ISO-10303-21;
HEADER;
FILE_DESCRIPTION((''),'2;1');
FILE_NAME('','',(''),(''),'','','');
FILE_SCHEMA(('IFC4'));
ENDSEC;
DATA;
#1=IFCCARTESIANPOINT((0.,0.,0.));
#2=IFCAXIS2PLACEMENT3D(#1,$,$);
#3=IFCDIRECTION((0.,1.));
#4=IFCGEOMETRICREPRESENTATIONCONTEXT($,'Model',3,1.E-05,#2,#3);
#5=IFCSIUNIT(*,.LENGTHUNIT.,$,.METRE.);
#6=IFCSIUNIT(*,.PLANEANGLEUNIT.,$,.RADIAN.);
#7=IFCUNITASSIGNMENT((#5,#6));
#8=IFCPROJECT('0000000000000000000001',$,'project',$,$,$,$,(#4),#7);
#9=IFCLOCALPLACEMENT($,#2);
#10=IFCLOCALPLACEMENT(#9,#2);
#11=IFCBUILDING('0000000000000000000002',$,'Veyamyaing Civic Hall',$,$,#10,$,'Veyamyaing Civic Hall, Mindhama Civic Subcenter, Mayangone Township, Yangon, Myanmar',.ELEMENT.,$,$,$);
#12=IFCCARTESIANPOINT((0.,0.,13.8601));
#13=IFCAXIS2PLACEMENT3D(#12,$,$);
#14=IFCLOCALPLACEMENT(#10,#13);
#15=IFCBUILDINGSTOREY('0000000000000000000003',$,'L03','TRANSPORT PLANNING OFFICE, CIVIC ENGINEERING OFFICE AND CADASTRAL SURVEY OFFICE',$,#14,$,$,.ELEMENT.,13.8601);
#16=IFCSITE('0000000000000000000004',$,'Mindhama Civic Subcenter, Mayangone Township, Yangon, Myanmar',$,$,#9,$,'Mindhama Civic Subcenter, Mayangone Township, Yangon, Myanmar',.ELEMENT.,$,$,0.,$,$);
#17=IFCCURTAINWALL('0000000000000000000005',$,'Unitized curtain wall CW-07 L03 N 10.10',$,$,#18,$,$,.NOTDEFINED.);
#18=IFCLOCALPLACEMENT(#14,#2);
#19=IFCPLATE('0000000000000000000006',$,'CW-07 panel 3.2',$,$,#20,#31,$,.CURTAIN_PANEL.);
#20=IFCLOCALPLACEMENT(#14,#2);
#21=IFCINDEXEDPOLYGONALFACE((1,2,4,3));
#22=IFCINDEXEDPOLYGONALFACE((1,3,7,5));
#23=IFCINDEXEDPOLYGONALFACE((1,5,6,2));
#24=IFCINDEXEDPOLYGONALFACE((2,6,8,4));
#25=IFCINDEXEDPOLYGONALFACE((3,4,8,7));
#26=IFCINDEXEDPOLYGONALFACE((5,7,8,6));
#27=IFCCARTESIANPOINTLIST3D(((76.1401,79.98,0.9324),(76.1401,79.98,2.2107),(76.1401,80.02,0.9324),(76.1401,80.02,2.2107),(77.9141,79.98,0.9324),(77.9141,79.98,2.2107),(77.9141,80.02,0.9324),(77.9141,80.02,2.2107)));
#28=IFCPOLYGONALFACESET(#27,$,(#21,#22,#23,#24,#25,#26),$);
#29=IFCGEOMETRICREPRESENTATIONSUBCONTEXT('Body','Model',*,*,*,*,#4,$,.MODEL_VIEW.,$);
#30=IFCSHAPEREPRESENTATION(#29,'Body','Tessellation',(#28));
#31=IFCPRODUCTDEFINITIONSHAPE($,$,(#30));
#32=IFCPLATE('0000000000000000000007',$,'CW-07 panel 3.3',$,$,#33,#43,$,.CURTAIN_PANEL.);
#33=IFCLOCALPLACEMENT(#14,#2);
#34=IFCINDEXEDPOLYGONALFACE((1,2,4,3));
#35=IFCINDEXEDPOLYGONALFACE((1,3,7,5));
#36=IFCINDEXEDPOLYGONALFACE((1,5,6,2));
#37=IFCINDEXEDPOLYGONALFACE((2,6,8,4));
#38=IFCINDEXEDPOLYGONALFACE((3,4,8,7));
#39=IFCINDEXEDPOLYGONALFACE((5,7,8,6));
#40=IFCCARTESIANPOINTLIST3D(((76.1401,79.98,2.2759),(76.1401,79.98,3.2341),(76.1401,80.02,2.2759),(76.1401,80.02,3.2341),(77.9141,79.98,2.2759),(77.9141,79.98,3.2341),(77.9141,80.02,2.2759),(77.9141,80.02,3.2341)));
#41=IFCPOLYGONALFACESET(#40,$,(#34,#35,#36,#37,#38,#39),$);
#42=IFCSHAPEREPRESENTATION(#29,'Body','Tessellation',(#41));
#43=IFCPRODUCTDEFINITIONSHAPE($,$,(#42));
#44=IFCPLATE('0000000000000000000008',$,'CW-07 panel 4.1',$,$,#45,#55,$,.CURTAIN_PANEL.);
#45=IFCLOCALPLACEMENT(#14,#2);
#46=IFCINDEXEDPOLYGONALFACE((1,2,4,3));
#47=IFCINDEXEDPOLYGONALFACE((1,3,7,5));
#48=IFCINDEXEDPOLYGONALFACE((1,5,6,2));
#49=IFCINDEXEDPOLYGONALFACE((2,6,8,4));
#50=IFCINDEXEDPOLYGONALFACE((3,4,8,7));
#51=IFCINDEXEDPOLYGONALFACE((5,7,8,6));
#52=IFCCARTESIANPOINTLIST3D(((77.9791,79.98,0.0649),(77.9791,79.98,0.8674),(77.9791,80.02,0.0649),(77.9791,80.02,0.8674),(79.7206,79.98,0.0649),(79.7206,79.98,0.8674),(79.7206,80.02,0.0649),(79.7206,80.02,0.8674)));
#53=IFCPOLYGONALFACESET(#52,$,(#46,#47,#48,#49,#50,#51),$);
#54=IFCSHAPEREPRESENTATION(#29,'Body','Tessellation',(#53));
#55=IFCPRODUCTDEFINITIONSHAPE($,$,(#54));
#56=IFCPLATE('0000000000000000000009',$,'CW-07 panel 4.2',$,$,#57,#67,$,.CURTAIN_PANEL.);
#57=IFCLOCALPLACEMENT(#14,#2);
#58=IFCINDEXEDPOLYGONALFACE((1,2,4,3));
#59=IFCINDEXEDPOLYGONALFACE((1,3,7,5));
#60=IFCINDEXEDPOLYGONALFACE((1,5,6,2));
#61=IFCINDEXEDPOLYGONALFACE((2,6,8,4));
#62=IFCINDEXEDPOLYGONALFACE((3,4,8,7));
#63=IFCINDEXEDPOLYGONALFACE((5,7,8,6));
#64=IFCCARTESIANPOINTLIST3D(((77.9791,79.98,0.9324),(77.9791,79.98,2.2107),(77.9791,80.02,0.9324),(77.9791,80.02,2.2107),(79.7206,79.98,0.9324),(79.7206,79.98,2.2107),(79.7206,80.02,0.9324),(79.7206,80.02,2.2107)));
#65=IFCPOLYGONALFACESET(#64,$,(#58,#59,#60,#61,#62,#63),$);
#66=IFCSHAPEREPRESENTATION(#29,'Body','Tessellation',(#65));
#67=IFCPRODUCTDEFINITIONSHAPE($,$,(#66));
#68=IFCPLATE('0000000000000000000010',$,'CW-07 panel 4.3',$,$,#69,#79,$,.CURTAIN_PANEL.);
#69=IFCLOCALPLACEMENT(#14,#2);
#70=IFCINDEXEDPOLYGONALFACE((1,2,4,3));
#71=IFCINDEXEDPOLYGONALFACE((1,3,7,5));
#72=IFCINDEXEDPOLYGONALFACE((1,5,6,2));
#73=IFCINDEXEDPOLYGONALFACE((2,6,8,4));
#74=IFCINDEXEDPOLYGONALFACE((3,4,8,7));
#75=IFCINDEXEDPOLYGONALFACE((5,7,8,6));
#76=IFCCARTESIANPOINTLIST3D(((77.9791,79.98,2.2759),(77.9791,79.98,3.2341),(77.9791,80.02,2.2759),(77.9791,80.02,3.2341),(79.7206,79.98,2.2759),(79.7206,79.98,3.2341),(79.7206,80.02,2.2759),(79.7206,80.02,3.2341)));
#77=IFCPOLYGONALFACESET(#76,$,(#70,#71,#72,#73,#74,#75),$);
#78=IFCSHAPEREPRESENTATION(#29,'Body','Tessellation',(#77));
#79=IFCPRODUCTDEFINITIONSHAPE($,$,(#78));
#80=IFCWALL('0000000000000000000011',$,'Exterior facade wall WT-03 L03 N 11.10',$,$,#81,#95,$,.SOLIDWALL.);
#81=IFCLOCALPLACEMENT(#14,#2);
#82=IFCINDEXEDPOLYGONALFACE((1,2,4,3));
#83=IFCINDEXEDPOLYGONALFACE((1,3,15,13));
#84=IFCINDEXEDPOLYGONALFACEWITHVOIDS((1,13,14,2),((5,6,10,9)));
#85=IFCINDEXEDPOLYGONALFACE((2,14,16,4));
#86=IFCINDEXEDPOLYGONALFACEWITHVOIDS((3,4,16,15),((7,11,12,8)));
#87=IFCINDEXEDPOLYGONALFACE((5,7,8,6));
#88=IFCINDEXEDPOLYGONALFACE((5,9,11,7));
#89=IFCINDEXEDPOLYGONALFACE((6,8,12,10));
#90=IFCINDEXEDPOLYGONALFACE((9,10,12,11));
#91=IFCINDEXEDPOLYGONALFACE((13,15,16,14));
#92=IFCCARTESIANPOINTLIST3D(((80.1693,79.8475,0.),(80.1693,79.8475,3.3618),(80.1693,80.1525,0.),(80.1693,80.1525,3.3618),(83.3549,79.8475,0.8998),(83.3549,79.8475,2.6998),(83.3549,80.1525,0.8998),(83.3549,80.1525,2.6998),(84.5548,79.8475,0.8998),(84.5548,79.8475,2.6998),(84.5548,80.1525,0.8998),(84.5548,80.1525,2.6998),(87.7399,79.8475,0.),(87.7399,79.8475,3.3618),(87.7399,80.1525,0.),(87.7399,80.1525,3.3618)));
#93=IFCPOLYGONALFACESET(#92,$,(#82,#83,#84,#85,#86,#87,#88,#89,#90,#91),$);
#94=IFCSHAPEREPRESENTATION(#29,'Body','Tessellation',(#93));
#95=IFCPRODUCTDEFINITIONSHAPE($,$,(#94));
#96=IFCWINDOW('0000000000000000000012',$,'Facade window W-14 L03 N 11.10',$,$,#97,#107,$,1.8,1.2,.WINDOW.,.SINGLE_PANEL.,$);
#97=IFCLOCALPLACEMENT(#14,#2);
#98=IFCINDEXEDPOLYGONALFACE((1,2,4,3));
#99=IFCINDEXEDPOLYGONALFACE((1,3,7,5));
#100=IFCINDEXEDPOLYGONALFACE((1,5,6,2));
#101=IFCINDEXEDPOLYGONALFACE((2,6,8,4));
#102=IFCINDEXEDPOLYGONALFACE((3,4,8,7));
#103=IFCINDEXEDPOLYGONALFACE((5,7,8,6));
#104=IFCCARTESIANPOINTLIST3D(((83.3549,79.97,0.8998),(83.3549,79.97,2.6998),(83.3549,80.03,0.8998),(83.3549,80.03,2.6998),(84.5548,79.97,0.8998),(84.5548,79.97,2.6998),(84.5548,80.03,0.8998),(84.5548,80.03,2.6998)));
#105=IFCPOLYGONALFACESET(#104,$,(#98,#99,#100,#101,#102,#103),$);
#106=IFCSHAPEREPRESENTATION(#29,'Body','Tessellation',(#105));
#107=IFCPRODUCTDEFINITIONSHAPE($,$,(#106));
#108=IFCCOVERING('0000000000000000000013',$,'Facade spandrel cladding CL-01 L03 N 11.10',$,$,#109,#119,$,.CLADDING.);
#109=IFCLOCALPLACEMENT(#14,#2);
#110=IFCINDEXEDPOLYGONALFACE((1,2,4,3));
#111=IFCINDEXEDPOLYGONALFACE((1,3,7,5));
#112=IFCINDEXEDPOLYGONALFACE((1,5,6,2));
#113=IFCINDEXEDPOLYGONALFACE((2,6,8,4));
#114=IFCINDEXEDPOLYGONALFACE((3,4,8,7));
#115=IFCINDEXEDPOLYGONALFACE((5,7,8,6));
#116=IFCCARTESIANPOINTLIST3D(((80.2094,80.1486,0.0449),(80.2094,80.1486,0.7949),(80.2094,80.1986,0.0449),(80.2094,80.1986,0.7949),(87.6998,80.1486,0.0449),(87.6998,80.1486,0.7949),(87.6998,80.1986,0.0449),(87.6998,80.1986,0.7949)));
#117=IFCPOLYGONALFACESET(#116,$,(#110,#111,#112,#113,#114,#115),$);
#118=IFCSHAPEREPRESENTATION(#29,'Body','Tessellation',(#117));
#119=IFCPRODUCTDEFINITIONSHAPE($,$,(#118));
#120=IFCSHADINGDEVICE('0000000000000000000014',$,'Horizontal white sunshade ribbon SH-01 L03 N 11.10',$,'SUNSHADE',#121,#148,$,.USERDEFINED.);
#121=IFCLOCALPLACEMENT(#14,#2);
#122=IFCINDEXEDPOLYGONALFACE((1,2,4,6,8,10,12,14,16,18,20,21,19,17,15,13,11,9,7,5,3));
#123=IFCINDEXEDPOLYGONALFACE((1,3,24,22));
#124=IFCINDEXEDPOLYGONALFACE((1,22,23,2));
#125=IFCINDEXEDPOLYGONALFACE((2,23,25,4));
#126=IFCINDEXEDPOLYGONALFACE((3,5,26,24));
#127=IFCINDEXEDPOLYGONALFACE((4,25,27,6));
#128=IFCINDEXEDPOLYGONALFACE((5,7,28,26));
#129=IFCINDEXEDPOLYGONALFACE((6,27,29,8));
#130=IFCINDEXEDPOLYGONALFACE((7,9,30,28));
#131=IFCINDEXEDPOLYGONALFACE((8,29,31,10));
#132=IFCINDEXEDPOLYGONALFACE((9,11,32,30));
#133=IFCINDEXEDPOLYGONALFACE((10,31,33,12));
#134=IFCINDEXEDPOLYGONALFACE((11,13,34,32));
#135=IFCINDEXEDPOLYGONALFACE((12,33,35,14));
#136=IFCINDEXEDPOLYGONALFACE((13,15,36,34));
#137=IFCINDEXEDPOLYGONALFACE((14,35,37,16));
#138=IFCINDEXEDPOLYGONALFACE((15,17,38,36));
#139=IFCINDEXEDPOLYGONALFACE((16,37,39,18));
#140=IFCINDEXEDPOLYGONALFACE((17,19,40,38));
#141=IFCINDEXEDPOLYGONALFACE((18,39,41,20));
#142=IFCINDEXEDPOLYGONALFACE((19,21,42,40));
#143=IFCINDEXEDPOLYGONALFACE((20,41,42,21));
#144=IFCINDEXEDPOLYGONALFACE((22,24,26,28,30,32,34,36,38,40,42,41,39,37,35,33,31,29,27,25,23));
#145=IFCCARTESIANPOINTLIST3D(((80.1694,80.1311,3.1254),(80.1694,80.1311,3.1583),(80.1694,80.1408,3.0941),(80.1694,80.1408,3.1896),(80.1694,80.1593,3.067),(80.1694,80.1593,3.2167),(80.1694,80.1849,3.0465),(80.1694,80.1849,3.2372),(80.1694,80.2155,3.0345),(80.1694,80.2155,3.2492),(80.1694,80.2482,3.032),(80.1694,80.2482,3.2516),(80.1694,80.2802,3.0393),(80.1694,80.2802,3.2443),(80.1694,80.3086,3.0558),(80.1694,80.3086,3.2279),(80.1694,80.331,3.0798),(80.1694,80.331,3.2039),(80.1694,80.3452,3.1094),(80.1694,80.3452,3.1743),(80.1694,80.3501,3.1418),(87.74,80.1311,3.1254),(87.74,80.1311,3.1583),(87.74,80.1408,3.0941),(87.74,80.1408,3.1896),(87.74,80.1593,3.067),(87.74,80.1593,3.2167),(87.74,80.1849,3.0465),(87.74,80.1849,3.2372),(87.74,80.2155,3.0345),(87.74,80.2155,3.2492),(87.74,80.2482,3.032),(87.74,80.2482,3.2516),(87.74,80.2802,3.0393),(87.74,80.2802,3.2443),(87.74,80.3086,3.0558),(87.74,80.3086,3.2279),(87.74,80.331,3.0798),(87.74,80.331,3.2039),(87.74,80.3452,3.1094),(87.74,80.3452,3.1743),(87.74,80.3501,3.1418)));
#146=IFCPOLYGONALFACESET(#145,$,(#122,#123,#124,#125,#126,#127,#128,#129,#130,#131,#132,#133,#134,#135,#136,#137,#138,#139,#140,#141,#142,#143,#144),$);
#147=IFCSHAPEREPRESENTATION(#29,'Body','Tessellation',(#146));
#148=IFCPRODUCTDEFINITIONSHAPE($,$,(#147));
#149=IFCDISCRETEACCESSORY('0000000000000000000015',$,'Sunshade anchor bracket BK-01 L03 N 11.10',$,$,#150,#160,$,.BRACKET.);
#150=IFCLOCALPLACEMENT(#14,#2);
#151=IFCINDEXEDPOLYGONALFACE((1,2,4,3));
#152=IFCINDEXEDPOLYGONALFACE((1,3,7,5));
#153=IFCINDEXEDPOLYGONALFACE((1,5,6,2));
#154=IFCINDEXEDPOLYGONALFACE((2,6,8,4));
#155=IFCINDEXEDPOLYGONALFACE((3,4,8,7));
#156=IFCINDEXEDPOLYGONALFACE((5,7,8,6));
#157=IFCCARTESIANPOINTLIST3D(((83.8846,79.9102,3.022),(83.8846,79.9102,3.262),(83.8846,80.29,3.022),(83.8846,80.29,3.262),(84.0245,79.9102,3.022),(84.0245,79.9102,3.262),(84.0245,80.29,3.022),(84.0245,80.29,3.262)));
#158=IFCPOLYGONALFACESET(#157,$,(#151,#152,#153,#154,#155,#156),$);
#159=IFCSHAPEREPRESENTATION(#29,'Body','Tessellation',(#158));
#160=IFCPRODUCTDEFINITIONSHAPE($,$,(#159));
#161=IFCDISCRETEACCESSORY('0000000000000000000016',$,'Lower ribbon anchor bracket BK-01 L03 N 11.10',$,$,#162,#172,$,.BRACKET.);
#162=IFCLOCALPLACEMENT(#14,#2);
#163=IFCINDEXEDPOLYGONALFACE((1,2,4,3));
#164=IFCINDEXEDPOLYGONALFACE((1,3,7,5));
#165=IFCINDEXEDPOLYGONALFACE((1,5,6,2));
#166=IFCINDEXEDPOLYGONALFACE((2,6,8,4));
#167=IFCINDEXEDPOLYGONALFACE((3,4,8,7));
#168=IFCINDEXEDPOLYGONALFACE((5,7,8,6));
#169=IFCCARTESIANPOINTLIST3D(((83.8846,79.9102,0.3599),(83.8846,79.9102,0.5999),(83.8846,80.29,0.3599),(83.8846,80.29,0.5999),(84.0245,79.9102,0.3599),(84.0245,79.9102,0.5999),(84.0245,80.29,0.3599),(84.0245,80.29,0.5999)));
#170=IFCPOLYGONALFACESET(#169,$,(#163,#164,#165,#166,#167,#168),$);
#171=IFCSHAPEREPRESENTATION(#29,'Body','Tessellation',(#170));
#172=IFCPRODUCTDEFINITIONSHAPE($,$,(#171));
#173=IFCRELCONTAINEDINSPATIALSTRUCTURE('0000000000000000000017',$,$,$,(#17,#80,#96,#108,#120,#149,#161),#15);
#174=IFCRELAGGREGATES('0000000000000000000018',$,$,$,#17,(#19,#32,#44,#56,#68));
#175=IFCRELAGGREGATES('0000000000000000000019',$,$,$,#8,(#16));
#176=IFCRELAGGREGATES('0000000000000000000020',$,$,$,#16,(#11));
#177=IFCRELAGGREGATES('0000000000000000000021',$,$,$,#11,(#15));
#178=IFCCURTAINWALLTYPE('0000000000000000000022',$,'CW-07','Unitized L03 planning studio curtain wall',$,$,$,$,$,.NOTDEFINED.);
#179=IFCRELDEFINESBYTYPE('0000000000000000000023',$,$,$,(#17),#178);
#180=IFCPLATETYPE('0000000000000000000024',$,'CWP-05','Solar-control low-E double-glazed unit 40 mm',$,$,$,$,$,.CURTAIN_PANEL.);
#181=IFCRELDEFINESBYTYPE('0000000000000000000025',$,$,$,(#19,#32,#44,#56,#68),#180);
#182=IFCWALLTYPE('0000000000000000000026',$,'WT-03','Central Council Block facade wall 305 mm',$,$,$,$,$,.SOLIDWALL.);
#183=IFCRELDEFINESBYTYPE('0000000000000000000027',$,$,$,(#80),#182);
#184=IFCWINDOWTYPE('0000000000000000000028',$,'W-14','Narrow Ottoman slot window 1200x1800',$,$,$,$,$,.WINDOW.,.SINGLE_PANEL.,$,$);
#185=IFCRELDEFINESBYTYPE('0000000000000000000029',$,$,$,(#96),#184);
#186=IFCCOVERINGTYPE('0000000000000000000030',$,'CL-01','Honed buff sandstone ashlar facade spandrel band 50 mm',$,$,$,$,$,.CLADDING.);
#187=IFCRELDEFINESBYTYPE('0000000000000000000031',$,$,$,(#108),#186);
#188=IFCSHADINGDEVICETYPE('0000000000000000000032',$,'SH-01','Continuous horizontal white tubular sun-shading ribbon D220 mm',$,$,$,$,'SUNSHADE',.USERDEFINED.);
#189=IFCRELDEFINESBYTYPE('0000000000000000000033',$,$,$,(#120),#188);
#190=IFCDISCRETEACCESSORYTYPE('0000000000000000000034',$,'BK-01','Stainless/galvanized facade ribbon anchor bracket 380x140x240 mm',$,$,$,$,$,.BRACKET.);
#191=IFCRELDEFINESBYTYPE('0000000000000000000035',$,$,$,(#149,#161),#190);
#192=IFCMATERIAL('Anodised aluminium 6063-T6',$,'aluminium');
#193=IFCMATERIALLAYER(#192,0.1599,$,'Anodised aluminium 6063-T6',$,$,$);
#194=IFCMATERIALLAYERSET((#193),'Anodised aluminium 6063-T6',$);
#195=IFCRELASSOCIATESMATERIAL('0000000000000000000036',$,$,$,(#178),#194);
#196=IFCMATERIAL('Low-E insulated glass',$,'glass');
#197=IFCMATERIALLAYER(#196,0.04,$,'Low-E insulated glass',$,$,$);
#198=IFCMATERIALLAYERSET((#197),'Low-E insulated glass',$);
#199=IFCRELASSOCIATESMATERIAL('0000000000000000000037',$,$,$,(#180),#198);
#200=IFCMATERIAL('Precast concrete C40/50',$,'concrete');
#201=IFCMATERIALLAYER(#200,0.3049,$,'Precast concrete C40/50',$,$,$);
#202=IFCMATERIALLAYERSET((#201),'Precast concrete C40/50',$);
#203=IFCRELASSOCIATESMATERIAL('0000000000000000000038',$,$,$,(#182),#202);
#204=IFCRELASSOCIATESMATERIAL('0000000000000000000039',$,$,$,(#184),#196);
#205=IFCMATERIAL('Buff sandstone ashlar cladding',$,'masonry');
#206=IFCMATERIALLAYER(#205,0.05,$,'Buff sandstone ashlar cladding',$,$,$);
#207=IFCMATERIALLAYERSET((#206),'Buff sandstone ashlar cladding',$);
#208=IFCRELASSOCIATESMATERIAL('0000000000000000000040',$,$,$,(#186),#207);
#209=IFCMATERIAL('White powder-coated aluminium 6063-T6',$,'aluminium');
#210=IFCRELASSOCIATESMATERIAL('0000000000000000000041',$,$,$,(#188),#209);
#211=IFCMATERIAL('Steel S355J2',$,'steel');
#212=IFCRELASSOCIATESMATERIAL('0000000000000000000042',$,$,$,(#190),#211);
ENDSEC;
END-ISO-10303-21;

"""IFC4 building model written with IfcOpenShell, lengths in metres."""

from ifc_helpers import new_model, si_unit, direction, frame, frame_2d, origin, origin_2d, place, context, subcontext, project, spatial, rectangle, circle, extrude, material, layer, layer_set, material_profile, profile_set, type_object, element, fill, aggregate, save


model = new_model("IFC4")

# Units and contexts
model_context = context("Model", 3, precision=1e-05, world=origin(), true_north=direction((0.0, 1.0)))
body_context = subcontext(model_context, "Body", "Model", "MODEL_VIEW")
ifc_project = project(units=[si_unit("LENGTHUNIT", "METRE"), si_unit("PLANEANGLEUNIT", "RADIAN")], contexts=[model_context])

# Site, building, storey
site_placement = place(None, origin())
site = spatial("IfcSite", under=ifc_project, at=site_placement, Name="Mindhama Civic Subcenter, Mayangone Township, Yangon, Myanmar", LongName="Mindhama Civic Subcenter, Mayangone Township, Yangon, Myanmar", CompositionType="ELEMENT", RefElevation=0.0)
building_placement = place(site_placement, origin())
building = spatial("IfcBuilding", under=site, at=building_placement, Name="Veyamyaing Civic Hall", LongName="Veyamyaing Civic Hall, Mindhama Civic Subcenter, Mayangone Township, Yangon, Myanmar", CompositionType="ELEMENT")
storey_placement = place(building_placement, frame((0.0, 0.0, 13.8601)))
storey = spatial("IfcBuildingStorey", under=building, at=storey_placement, Name="L03", Description="TRANSPORT PLANNING OFFICE, CIVIC ENGINEERING OFFICE AND CADASTRAL SURVEY OFFICE", CompositionType="ELEMENT", Elevation=13.8601)

# Shared definitions
ifc_material_1 = material(Name="Steel S355J2", Category="steel")

# Curtain wall, plates
ifc_material_2 = material(Name="Anodised aluminium 6063-T6", Category="aluminium")
ifc_layer_1 = layer(ifc_material_2, 0.1599, Name="Anodised aluminium 6063-T6")
ifc_layer_set_1 = layer_set([ifc_layer_1], Name="Anodised aluminium 6063-T6")
curtain_wall_type = type_object("IfcCurtainWallType", Name="CW-07", Description="Unitized L03 planning studio curtain wall", PredefinedType="NOTDEFINED", material=ifc_layer_set_1)
curtain_wall_placement = place(storey_placement, origin())
curtain_wall = element("IfcCurtainWall", 1, at=curtain_wall_placement, inside=storey, type_object=curtain_wall_type, Name="Unitized curtain wall CW-07 L03 N 10.10", PredefinedType="NOTDEFINED")
ifc_material_3 = material(Name="Low-E insulated glass", Category="glass")
ifc_layer_2 = layer(ifc_material_3, 0.04, Name="Low-E insulated glass")
ifc_layer_set_2 = layer_set([ifc_layer_2], Name="Low-E insulated glass")
plate_type = type_object("IfcPlateType", Name="CWP-05", Description="Solar-control low-E double-glazed unit 40 mm", PredefinedType="CURTAIN_PANEL", material=ifc_layer_set_2)
plate_1_placement = place(storey_placement, frame((77.0271, 80.0, 0.9324), z_axis=(0.0, 0.0, 1.0), x_axis=(1.0, 0.0, 0.0)))
plate_1 = element("IfcPlate", 2, at=plate_1_placement, type_object=plate_type, Name="CW-07 panel 3.2", PredefinedType="CURTAIN_PANEL", context=body_context, shape_type="SweptSolid", body=[
    extrude(rectangle(XDim=1.7739, YDim=0.04, at=origin_2d()), origin(), (0.0, 0.0, 1.0), 1.2783),
])
plate_2_placement = place(storey_placement, frame((77.0271, 80.0, 2.2759), z_axis=(0.0, 0.0, 1.0), x_axis=(1.0, 0.0, 0.0)))
plate_2 = element("IfcPlate", 3, at=plate_2_placement, type_object=plate_type, Name="CW-07 panel 3.3", PredefinedType="CURTAIN_PANEL", context=body_context, shape_type="SweptSolid", body=[
    extrude(rectangle(XDim=1.7739, YDim=0.04, at=origin_2d()), origin(), (0.0, 0.0, 1.0), 0.9583),
])
plate_3_placement = place(storey_placement, frame((78.8499, 80.0, 0.0649), z_axis=(0.0, 0.0, 1.0), x_axis=(1.0, 0.0, 0.0)))
plate_3 = element("IfcPlate", 4, at=plate_3_placement, type_object=plate_type, Name="CW-07 panel 4.1", PredefinedType="CURTAIN_PANEL", context=body_context, shape_type="SweptSolid", body=[
    extrude(rectangle(XDim=1.7415, YDim=0.04, at=origin_2d()), origin(), (0.0, 0.0, 1.0), 0.8025),
])
plate_4_placement = place(storey_placement, frame((78.8499, 80.0, 0.9324), z_axis=(0.0, 0.0, 1.0), x_axis=(1.0, 0.0, 0.0)))
plate_4 = element("IfcPlate", 5, at=plate_4_placement, type_object=plate_type, Name="CW-07 panel 4.2", PredefinedType="CURTAIN_PANEL", context=body_context, shape_type="SweptSolid", body=[
    extrude(rectangle(XDim=1.7415, YDim=0.04, at=origin_2d()), origin(), (0.0, 0.0, 1.0), 1.2783),
])
plate_5_placement = place(storey_placement, frame((78.8499, 80.0, 2.2759), z_axis=(0.0, 0.0, 1.0), x_axis=(1.0, 0.0, 0.0)))
plate_5 = element("IfcPlate", 6, at=plate_5_placement, type_object=plate_type, Name="CW-07 panel 4.3", PredefinedType="CURTAIN_PANEL", context=body_context, shape_type="SweptSolid", body=[
    extrude(rectangle(XDim=1.7415, YDim=0.04, at=origin_2d()), origin(), (0.0, 0.0, 1.0), 0.9583),
])
aggregate(curtain_wall, [plate_1, plate_2, plate_3, plate_4, plate_5])

# Wall, opening, window
ifc_material_4 = material(Name="Precast concrete C40/50", Category="concrete")
ifc_layer_3 = layer(ifc_material_4, 0.3049, Name="Precast concrete C40/50")
ifc_layer_set_3 = layer_set([ifc_layer_3], Name="Precast concrete C40/50")
wall_type = type_object("IfcWallType", Name="WT-03", Description="Central Council Block facade wall 305 mm", PredefinedType="SOLIDWALL", material=ifc_layer_set_3)
wall_placement = place(storey_placement, frame((80.1694, 80.0, 0.0), z_axis=(0.0, 0.0, 1.0), x_axis=(1.0, 0.0, 0.0)))
wall = element("IfcWall", 7, at=wall_placement, inside=storey, type_object=wall_type, Name="Exterior facade wall WT-03 L03 N 11.10", PredefinedType="SOLIDWALL", context=body_context, shape_type="SweptSolid", body=[
    extrude(rectangle(XDim=7.5706, YDim=0.3049, at=frame_2d((3.7852, 0.0))), origin(), (0.0, 0.0, 1.0), 3.3618),
])
opening_placement = place(wall_placement, frame((3.1853, 0.0, 0.8999)))
opening = element("IfcOpeningElement", 8, at=opening_placement, cuts=wall, PredefinedType="OPENING", context=body_context, shape_type="SweptSolid", body=[
    extrude(rectangle(XDim=1.2, YDim=1.8, at=frame_2d((0.6001, 0.8999))), frame((0.0, 0.1624, 0.0), z_axis=(0.0, -1.0, 0.0), x_axis=(1.0, 0.0, 0.0)), (0.0, 0.0, 1.0), 0.325),
])
window_type = type_object("IfcWindowType", Name="W-14", Description="Narrow Ottoman slot window 1200x1800", PartitioningType="SINGLE_PANEL", PredefinedType="WINDOW", material=ifc_material_3)
window_placement = place(opening_placement, origin())
window = element("IfcWindow", 9, at=window_placement, inside=storey, type_object=window_type, Name="Facade window W-14 L03 N 11.10", OverallHeight=1.8, OverallWidth=1.2, PartitioningType="SINGLE_PANEL", PredefinedType="WINDOW", context=body_context, shape_type="SweptSolid", body=[
    extrude(rectangle(XDim=1.2, YDim=1.8, at=frame_2d((0.6001, 0.8999))), frame((0.0, 0.03, 0.0), z_axis=(0.0, -1.0, 0.0), x_axis=(1.0, 0.0, 0.0)), (0.0, 0.0, 1.0), 0.0601),
])
fill(opening, window)

# Covering
ifc_material_5 = material(Name="Buff sandstone ashlar cladding", Category="masonry")
ifc_layer_4 = layer(ifc_material_5, 0.05, Name="Buff sandstone ashlar cladding")
ifc_layer_set_4 = layer_set([ifc_layer_4], Name="Buff sandstone ashlar cladding")
covering_type = type_object("IfcCoveringType", Name="CL-01", Description="Honed buff sandstone ashlar facade spandrel band 50 mm", PredefinedType="CLADDING", material=ifc_layer_set_4)
covering_placement = place(storey_placement, frame((83.9546, 80.1736, 0.0449), z_axis=(0.0, 0.0, 1.0), x_axis=(1.0, 0.0, 0.0)))
element("IfcCovering", 10, at=covering_placement, inside=storey, type_object=covering_type, Name="Facade spandrel cladding CL-01 L03 N 11.10", PredefinedType="CLADDING", context=body_context, shape_type="SweptSolid", body=[
    extrude(rectangle(XDim=7.4905, YDim=0.05, at=origin_2d()), origin(), (0.0, 0.0, 1.0), 0.75),
])

# Shading device
ifc_material_6 = material(Name="White powder-coated aluminium 6063-T6", Category="aluminium")
ifc_material_profile_1 = material_profile(ifc_material_6, circle(Radius=0.1101, at=origin_2d()), Name="SHADE-TUBE-220")
ifc_profile_set_1 = profile_set([ifc_material_profile_1], Name="White powder-coated aluminium 6063-T6")
shading_device_type = type_object("IfcShadingDeviceType", Name="SH-01", Description="Continuous horizontal white tubular sun-shading ribbon D220 mm", ElementType="SUNSHADE", PredefinedType="USERDEFINED", material=ifc_profile_set_1)
shading_device_placement = place(storey_placement, frame((80.1694, 80.24, 3.1418), z_axis=(1.0, 0.0, 0.0), x_axis=(0.0, 1.0, 0.0)))
element("IfcShadingDevice", 11, at=shading_device_placement, inside=storey, type_object=shading_device_type, Name="Horizontal white sunshade ribbon SH-01 L03 N 11.10", ObjectType="SUNSHADE", PredefinedType="USERDEFINED", context=body_context, shape_type="SweptSolid", body=[
    extrude(circle(Radius=0.1101, at=origin_2d()), origin(), (0.0, 0.0, 1.0), 7.5706),
])

# Discrete accessories
discrete_accessory_type = type_object("IfcDiscreteAccessoryType", Name="BK-01", Description="Stainless/galvanized facade ribbon anchor bracket 380x140x240 mm", PredefinedType="BRACKET", material=ifc_material_1)
for number, where, z_axis, x_axis, name in (
    (12, (83.9546, 80.1001, 3.022), (0.0, 0.0, 1.0), (0.0, 1.0, 0.0), "Sunshade anchor bracket BK-01 L03 N 11.10"),
    (13, (83.9546, 80.1001, 0.3599), (0.0, 0.0, 1.0), (0.0, 1.0, 0.0), "Lower ribbon anchor bracket BK-01 L03 N 11.10"),
):
    element("IfcDiscreteAccessory", number, at=place(storey_placement, frame(where, z_axis=z_axis, x_axis=x_axis)), inside=storey, type_object=discrete_accessory_type, Name=name, PredefinedType="BRACKET", context=body_context, shape_type="SweptSolid", body=[
        extrude(rectangle(XDim=0.3799, YDim=0.1399, at=origin_2d()), origin(), (0.0, 0.0, 1.0), 0.24),
    ])

save(model, "model.ifc")
